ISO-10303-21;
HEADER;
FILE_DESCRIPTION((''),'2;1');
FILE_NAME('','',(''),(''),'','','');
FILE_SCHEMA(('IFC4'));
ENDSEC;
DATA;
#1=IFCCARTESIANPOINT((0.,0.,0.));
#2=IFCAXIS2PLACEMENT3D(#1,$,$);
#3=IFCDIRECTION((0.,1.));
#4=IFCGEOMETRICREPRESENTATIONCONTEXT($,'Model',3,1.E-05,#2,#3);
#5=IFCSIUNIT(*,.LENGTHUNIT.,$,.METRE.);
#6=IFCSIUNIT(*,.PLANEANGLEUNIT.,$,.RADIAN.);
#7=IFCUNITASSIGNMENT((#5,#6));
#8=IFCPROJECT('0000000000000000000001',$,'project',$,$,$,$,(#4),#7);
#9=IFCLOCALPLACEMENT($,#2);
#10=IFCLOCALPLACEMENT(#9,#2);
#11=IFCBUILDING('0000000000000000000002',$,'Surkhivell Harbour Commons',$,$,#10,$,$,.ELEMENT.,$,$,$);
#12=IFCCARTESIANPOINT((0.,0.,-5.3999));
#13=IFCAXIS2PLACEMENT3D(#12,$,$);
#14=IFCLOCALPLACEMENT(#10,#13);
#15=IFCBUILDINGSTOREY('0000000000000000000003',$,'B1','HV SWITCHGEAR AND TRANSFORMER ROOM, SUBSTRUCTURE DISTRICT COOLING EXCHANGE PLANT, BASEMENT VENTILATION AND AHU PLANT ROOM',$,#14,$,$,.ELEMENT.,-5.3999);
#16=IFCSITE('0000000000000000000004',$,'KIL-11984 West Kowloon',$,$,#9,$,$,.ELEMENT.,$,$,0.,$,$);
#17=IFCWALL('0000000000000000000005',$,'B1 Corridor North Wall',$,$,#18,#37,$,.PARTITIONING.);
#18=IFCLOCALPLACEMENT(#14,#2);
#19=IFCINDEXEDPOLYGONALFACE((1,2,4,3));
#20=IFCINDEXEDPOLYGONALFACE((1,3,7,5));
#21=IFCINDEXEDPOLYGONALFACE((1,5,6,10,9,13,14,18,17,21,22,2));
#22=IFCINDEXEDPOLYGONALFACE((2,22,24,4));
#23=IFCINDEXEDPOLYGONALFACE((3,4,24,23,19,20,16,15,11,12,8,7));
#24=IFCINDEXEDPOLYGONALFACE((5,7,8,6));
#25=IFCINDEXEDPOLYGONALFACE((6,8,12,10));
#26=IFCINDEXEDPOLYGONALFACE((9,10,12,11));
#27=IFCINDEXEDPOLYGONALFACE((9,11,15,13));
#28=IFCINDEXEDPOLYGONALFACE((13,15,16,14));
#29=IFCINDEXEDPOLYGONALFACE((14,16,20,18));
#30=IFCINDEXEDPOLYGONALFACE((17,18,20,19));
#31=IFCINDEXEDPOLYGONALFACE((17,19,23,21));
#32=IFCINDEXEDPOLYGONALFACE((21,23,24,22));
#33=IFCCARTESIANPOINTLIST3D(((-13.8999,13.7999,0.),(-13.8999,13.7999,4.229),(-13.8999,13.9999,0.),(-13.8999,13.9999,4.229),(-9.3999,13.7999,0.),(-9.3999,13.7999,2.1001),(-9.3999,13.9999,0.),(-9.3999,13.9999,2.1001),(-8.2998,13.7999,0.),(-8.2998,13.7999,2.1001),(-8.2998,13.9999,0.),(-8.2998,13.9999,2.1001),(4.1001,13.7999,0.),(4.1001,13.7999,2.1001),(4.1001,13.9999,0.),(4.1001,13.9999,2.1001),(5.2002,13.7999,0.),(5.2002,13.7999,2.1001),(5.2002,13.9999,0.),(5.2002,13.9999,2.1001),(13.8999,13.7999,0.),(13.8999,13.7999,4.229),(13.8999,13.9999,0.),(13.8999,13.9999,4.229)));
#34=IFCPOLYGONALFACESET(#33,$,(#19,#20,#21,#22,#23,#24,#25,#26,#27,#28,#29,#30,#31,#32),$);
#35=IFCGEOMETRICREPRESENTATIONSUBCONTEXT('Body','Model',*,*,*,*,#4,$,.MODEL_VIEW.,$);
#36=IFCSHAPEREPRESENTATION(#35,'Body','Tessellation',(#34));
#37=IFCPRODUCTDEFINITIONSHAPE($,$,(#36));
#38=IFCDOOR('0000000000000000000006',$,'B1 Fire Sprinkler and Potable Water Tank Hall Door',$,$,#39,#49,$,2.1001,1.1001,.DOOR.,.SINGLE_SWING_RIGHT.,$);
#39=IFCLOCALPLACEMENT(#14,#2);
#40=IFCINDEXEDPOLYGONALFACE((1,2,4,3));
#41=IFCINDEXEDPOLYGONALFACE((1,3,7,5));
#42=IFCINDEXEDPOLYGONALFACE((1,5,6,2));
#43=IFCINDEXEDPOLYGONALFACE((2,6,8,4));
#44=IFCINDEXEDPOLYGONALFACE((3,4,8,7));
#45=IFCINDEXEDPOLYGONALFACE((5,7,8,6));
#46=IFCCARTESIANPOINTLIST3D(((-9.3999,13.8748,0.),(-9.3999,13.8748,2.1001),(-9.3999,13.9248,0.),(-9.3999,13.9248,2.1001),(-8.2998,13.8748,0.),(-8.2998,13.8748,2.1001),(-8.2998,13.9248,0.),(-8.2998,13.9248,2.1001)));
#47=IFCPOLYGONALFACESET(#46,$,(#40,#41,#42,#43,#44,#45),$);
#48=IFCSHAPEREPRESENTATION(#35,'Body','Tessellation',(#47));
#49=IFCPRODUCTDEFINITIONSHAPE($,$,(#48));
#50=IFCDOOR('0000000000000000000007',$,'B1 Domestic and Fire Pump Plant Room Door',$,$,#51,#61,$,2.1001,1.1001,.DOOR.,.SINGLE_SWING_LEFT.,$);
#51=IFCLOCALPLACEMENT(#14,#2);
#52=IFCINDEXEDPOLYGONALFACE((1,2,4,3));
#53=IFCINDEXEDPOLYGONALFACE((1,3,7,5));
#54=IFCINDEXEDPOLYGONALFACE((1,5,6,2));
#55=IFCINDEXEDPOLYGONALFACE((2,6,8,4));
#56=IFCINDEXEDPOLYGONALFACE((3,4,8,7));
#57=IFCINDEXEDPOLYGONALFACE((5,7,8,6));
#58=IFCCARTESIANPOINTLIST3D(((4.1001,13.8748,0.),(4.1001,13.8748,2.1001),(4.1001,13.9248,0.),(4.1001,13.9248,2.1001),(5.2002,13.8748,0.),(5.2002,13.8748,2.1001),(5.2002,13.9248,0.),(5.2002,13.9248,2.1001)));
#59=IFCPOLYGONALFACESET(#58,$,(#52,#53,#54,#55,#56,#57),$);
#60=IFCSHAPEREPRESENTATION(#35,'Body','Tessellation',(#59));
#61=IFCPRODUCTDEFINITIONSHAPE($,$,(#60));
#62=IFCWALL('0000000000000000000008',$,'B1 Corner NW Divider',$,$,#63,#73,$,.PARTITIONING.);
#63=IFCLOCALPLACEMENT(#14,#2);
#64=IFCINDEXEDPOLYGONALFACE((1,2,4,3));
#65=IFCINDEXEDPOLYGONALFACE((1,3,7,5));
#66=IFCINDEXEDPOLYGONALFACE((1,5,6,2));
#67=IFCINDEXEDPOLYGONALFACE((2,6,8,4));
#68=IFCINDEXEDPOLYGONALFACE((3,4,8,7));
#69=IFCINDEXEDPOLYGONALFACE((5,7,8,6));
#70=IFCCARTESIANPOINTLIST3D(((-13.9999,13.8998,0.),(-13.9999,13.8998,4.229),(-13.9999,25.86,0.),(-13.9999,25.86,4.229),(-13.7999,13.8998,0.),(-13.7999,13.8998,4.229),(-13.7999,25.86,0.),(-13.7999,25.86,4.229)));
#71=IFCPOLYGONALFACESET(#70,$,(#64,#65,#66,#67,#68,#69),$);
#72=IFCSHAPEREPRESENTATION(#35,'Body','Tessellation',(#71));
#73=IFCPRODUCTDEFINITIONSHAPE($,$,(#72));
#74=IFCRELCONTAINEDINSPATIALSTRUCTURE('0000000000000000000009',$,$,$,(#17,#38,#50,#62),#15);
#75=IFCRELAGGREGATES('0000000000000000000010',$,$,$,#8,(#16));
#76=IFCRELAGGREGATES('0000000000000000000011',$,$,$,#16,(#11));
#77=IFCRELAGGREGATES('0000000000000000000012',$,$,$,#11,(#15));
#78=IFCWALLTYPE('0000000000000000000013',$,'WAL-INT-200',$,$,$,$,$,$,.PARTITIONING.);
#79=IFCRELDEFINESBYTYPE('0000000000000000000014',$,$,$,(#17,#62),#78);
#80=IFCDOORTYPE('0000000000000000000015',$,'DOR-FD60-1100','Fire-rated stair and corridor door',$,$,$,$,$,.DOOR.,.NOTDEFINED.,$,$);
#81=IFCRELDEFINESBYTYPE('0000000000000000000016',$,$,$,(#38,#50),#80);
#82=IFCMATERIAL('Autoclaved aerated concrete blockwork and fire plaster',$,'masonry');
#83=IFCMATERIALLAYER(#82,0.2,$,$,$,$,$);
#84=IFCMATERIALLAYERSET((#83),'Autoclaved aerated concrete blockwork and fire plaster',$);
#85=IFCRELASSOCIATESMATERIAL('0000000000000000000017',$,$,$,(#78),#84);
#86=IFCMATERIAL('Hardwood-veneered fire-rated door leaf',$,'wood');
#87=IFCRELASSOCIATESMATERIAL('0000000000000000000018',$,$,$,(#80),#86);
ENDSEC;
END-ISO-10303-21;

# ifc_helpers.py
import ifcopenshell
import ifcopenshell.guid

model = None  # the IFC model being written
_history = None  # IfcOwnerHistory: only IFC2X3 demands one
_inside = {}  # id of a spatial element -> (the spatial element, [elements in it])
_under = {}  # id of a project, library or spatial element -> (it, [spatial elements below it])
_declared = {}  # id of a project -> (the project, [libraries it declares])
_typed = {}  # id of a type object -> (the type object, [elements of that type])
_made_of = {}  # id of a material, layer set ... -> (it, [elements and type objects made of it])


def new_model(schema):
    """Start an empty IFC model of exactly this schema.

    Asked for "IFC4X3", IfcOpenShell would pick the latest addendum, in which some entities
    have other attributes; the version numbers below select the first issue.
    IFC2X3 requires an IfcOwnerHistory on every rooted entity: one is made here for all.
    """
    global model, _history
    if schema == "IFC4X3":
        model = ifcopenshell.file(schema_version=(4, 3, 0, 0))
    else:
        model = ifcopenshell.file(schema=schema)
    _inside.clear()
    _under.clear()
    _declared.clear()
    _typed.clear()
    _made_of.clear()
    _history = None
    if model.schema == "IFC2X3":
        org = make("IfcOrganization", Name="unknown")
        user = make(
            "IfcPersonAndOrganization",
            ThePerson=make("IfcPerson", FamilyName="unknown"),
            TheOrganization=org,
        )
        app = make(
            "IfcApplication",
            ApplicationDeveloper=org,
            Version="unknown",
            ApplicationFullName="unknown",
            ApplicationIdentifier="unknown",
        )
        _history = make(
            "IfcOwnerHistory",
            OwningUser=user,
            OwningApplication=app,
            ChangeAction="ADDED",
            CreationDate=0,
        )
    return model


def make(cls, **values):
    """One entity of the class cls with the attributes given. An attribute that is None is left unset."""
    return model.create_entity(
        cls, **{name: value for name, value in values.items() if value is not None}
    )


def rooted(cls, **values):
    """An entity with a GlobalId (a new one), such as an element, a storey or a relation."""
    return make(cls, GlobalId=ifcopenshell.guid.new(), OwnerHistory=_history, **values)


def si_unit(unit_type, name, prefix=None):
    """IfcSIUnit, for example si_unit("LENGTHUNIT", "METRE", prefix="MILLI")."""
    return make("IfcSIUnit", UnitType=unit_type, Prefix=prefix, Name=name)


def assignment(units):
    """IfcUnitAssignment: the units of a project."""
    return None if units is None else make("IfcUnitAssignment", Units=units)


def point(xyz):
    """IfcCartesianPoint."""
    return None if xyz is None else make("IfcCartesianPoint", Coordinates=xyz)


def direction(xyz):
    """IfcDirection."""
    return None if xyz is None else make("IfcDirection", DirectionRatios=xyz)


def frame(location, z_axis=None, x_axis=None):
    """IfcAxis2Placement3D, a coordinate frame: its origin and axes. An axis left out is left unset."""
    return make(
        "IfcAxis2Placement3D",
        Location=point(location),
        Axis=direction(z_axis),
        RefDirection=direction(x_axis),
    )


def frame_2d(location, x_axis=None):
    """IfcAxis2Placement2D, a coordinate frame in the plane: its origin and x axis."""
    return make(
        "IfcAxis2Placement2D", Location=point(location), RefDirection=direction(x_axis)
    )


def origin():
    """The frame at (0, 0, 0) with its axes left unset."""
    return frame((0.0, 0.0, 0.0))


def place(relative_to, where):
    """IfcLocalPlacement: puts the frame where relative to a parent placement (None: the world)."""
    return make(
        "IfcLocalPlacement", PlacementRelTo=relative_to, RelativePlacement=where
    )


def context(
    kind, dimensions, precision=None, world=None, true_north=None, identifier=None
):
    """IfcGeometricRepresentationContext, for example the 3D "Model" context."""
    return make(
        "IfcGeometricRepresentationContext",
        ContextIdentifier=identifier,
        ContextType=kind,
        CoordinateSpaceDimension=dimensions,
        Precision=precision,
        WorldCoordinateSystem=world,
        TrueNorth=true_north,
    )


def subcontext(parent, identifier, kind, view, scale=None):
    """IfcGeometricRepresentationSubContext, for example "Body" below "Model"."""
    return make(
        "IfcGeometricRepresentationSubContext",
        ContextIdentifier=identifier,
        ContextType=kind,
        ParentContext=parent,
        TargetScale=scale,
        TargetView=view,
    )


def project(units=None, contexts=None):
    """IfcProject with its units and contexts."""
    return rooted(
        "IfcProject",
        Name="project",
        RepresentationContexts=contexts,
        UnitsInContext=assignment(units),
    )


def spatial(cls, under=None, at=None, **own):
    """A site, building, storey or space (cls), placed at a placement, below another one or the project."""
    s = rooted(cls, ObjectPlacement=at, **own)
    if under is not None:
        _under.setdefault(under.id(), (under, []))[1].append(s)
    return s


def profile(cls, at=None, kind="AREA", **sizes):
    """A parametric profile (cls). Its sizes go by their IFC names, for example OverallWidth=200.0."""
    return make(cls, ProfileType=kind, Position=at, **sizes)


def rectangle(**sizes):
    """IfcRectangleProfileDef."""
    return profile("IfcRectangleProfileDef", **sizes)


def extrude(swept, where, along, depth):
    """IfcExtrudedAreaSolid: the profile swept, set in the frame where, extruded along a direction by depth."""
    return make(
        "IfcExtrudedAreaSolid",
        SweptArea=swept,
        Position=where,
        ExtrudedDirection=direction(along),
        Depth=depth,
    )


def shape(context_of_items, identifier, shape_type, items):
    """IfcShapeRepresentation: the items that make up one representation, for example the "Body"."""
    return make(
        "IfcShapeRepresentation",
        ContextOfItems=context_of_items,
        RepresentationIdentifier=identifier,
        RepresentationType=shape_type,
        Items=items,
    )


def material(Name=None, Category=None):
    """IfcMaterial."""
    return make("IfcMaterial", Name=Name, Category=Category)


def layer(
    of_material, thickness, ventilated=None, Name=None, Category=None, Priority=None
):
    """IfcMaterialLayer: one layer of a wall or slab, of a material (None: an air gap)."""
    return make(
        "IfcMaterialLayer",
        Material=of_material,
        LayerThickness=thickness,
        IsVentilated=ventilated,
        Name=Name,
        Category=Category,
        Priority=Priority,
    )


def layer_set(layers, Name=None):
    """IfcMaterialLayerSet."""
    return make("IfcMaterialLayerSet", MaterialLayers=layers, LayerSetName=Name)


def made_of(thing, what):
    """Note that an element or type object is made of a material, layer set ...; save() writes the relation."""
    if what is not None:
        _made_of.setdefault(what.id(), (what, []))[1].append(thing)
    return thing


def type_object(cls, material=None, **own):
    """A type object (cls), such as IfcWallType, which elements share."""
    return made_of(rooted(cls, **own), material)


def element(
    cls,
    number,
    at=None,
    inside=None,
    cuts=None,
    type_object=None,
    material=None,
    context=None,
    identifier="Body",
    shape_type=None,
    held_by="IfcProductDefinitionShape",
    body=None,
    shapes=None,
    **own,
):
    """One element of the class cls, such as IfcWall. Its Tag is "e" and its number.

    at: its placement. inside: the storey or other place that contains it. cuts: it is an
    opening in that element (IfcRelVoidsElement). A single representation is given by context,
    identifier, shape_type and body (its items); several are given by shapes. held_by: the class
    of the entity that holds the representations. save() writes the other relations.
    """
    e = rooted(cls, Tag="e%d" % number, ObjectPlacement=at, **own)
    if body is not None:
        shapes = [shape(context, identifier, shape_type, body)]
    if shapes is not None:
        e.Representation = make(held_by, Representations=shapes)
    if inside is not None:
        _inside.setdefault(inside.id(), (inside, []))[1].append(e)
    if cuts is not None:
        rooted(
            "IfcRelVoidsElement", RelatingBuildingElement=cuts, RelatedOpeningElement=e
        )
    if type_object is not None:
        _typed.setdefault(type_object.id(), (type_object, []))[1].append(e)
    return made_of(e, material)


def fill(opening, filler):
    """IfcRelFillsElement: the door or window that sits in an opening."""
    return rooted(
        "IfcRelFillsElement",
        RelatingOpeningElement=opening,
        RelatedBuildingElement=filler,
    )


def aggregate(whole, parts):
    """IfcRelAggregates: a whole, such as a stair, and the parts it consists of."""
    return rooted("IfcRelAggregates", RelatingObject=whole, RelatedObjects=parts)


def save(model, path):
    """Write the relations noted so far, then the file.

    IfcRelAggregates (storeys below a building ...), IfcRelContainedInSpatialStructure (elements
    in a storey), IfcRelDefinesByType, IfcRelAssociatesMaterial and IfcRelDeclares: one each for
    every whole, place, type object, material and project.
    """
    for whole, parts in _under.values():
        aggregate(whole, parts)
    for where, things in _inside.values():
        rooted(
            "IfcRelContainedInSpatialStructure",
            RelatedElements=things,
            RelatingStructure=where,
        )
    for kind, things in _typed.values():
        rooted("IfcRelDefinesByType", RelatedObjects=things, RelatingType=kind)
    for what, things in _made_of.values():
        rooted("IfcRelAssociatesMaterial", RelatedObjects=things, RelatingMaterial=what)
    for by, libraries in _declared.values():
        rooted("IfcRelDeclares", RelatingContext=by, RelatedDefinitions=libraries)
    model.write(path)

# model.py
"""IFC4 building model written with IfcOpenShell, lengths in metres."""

from ifc_helpers import new_model, si_unit, direction, frame, frame_2d, origin, place, context, subcontext, project, spatial, rectangle, extrude, material, layer, layer_set, type_object, element, fill, save


model = new_model("IFC4")

# Units and contexts
model_context = context("Model", 3, precision=1e-05, world=origin(), true_north=direction((0.0, 1.0)))
body_context = subcontext(model_context, "Body", "Model", "MODEL_VIEW")
ifc_project = project(units=[si_unit("LENGTHUNIT", "METRE"), si_unit("PLANEANGLEUNIT", "RADIAN")], contexts=[model_context])

# Site, building, storey
site_placement = place(None, origin())
site = spatial("IfcSite", under=ifc_project, at=site_placement, Name="KIL-11984 West Kowloon", CompositionType="ELEMENT", RefElevation=0.0)
building_placement = place(site_placement, origin())
building = spatial("IfcBuilding", under=site, at=building_placement, Name="Surkhivell Harbour Commons", CompositionType="ELEMENT")
storey_placement = place(building_placement, frame((0.0, 0.0, -5.3999)))
storey = spatial("IfcBuildingStorey", under=building, at=storey_placement, Name="B1", Description="HV SWITCHGEAR AND TRANSFORMER ROOM, SUBSTRUCTURE DISTRICT COOLING EXCHANGE PLANT, BASEMENT VENTILATION AND AHU PLANT ROOM", CompositionType="ELEMENT", Elevation=-5.3999)

# Wall, openings, doors
ifc_material_1 = material(Name="Autoclaved aerated concrete blockwork and fire plaster", Category="masonry")
ifc_layer = layer(ifc_material_1, 0.2)
ifc_layer_set = layer_set([ifc_layer], Name="Autoclaved aerated concrete blockwork and fire plaster")
wall_type = type_object("IfcWallType", Name="WAL-INT-200", PredefinedType="PARTITIONING", material=ifc_layer_set)
wall_1_placement = place(storey_placement, frame((-13.8999, 13.8999, 0.0), z_axis=(0.0, 0.0, 1.0), x_axis=(1.0, 0.0, 0.0)))
wall_1 = element("IfcWall", 1, at=wall_1_placement, inside=storey, type_object=wall_type, Name="B1 Corridor North Wall", PredefinedType="PARTITIONING", context=body_context, shape_type="SweptSolid", body=[
    extrude(rectangle(XDim=27.7998, YDim=0.2, at=frame_2d((13.8999, 0.0))), origin(), (0.0, 0.0, 1.0), 4.229),
])
opening_1_placement = place(wall_1_placement, frame((4.5, 0.0, 0.0)))
opening_1 = element("IfcOpeningElement", 2, at=opening_1_placement, cuts=wall_1, PredefinedType="OPENING", context=body_context, shape_type="SweptSolid", body=[
    extrude(rectangle(XDim=1.1001, YDim=2.1001, at=frame_2d((0.55, 1.05))), frame((0.0, 0.1099, 0.0), z_axis=(0.0, -1.0, 0.0), x_axis=(1.0, 0.0, 0.0)), (0.0, 0.0, 1.0), 0.22),
])
opening_2_placement = place(wall_1_placement, frame((18.0, 0.0, 0.0)))
opening_2 = element("IfcOpeningElement", 3, at=opening_2_placement, cuts=wall_1, PredefinedType="OPENING", context=body_context, shape_type="SweptSolid", body=[
    extrude(rectangle(XDim=1.1001, YDim=2.1001, at=frame_2d((0.55, 1.05))), frame((0.0, 0.1099, 0.0), z_axis=(0.0, -1.0, 0.0), x_axis=(1.0, 0.0, 0.0)), (0.0, 0.0, 1.0), 0.22),
])
ifc_material_2 = material(Name="Hardwood-veneered fire-rated door leaf", Category="wood")
door_type = type_object("IfcDoorType", Name="DOR-FD60-1100", Description="Fire-rated stair and corridor door", OperationType="NOTDEFINED", PredefinedType="DOOR", material=ifc_material_2)
door_1_placement = place(opening_1_placement, origin())
door_1 = element("IfcDoor", 4, at=door_1_placement, inside=storey, type_object=door_type, Name="B1 Fire Sprinkler and Potable Water Tank Hall Door", OperationType="SINGLE_SWING_RIGHT", OverallHeight=2.1001, OverallWidth=1.1001, PredefinedType="DOOR", context=body_context, shape_type="SweptSolid", body=[
    extrude(rectangle(XDim=1.1001, YDim=2.1001, at=frame_2d((0.55, 1.05))), frame((0.0, 0.0249, 0.0), z_axis=(0.0, -1.0, 0.0), x_axis=(1.0, 0.0, 0.0)), (0.0, 0.0, 1.0), 0.05),
])
fill(opening_1, door_1)
door_2_placement = place(opening_2_placement, origin())
door_2 = element("IfcDoor", 5, at=door_2_placement, inside=storey, type_object=door_type, Name="B1 Domestic and Fire Pump Plant Room Door", OperationType="SINGLE_SWING_LEFT", OverallHeight=2.1001, OverallWidth=1.1001, PredefinedType="DOOR", context=body_context, shape_type="SweptSolid", body=[
    extrude(rectangle(XDim=1.1001, YDim=2.1001, at=frame_2d((0.55, 1.05))), frame((0.0, 0.0249, 0.0), z_axis=(0.0, -1.0, 0.0), x_axis=(1.0, 0.0, 0.0)), (0.0, 0.0, 1.0), 0.05),
])
fill(opening_2, door_2)

# Wall
wall_2_placement = place(storey_placement, frame((-13.8999, 13.8999, 0.0), z_axis=(0.0, 0.0, 1.0), x_axis=(0.0, 1.0, 0.0)))
element("IfcWall", 6, at=wall_2_placement, inside=storey, type_object=wall_type, Name="B1 Corner NW Divider", PredefinedType="PARTITIONING", context=body_context, shape_type="SweptSolid", body=[
    extrude(rectangle(XDim=11.9602, YDim=0.2, at=frame_2d((5.98, 0.0))), origin(), (0.0, 0.0, 1.0), 4.229),
])

save(model, "model.ifc")
